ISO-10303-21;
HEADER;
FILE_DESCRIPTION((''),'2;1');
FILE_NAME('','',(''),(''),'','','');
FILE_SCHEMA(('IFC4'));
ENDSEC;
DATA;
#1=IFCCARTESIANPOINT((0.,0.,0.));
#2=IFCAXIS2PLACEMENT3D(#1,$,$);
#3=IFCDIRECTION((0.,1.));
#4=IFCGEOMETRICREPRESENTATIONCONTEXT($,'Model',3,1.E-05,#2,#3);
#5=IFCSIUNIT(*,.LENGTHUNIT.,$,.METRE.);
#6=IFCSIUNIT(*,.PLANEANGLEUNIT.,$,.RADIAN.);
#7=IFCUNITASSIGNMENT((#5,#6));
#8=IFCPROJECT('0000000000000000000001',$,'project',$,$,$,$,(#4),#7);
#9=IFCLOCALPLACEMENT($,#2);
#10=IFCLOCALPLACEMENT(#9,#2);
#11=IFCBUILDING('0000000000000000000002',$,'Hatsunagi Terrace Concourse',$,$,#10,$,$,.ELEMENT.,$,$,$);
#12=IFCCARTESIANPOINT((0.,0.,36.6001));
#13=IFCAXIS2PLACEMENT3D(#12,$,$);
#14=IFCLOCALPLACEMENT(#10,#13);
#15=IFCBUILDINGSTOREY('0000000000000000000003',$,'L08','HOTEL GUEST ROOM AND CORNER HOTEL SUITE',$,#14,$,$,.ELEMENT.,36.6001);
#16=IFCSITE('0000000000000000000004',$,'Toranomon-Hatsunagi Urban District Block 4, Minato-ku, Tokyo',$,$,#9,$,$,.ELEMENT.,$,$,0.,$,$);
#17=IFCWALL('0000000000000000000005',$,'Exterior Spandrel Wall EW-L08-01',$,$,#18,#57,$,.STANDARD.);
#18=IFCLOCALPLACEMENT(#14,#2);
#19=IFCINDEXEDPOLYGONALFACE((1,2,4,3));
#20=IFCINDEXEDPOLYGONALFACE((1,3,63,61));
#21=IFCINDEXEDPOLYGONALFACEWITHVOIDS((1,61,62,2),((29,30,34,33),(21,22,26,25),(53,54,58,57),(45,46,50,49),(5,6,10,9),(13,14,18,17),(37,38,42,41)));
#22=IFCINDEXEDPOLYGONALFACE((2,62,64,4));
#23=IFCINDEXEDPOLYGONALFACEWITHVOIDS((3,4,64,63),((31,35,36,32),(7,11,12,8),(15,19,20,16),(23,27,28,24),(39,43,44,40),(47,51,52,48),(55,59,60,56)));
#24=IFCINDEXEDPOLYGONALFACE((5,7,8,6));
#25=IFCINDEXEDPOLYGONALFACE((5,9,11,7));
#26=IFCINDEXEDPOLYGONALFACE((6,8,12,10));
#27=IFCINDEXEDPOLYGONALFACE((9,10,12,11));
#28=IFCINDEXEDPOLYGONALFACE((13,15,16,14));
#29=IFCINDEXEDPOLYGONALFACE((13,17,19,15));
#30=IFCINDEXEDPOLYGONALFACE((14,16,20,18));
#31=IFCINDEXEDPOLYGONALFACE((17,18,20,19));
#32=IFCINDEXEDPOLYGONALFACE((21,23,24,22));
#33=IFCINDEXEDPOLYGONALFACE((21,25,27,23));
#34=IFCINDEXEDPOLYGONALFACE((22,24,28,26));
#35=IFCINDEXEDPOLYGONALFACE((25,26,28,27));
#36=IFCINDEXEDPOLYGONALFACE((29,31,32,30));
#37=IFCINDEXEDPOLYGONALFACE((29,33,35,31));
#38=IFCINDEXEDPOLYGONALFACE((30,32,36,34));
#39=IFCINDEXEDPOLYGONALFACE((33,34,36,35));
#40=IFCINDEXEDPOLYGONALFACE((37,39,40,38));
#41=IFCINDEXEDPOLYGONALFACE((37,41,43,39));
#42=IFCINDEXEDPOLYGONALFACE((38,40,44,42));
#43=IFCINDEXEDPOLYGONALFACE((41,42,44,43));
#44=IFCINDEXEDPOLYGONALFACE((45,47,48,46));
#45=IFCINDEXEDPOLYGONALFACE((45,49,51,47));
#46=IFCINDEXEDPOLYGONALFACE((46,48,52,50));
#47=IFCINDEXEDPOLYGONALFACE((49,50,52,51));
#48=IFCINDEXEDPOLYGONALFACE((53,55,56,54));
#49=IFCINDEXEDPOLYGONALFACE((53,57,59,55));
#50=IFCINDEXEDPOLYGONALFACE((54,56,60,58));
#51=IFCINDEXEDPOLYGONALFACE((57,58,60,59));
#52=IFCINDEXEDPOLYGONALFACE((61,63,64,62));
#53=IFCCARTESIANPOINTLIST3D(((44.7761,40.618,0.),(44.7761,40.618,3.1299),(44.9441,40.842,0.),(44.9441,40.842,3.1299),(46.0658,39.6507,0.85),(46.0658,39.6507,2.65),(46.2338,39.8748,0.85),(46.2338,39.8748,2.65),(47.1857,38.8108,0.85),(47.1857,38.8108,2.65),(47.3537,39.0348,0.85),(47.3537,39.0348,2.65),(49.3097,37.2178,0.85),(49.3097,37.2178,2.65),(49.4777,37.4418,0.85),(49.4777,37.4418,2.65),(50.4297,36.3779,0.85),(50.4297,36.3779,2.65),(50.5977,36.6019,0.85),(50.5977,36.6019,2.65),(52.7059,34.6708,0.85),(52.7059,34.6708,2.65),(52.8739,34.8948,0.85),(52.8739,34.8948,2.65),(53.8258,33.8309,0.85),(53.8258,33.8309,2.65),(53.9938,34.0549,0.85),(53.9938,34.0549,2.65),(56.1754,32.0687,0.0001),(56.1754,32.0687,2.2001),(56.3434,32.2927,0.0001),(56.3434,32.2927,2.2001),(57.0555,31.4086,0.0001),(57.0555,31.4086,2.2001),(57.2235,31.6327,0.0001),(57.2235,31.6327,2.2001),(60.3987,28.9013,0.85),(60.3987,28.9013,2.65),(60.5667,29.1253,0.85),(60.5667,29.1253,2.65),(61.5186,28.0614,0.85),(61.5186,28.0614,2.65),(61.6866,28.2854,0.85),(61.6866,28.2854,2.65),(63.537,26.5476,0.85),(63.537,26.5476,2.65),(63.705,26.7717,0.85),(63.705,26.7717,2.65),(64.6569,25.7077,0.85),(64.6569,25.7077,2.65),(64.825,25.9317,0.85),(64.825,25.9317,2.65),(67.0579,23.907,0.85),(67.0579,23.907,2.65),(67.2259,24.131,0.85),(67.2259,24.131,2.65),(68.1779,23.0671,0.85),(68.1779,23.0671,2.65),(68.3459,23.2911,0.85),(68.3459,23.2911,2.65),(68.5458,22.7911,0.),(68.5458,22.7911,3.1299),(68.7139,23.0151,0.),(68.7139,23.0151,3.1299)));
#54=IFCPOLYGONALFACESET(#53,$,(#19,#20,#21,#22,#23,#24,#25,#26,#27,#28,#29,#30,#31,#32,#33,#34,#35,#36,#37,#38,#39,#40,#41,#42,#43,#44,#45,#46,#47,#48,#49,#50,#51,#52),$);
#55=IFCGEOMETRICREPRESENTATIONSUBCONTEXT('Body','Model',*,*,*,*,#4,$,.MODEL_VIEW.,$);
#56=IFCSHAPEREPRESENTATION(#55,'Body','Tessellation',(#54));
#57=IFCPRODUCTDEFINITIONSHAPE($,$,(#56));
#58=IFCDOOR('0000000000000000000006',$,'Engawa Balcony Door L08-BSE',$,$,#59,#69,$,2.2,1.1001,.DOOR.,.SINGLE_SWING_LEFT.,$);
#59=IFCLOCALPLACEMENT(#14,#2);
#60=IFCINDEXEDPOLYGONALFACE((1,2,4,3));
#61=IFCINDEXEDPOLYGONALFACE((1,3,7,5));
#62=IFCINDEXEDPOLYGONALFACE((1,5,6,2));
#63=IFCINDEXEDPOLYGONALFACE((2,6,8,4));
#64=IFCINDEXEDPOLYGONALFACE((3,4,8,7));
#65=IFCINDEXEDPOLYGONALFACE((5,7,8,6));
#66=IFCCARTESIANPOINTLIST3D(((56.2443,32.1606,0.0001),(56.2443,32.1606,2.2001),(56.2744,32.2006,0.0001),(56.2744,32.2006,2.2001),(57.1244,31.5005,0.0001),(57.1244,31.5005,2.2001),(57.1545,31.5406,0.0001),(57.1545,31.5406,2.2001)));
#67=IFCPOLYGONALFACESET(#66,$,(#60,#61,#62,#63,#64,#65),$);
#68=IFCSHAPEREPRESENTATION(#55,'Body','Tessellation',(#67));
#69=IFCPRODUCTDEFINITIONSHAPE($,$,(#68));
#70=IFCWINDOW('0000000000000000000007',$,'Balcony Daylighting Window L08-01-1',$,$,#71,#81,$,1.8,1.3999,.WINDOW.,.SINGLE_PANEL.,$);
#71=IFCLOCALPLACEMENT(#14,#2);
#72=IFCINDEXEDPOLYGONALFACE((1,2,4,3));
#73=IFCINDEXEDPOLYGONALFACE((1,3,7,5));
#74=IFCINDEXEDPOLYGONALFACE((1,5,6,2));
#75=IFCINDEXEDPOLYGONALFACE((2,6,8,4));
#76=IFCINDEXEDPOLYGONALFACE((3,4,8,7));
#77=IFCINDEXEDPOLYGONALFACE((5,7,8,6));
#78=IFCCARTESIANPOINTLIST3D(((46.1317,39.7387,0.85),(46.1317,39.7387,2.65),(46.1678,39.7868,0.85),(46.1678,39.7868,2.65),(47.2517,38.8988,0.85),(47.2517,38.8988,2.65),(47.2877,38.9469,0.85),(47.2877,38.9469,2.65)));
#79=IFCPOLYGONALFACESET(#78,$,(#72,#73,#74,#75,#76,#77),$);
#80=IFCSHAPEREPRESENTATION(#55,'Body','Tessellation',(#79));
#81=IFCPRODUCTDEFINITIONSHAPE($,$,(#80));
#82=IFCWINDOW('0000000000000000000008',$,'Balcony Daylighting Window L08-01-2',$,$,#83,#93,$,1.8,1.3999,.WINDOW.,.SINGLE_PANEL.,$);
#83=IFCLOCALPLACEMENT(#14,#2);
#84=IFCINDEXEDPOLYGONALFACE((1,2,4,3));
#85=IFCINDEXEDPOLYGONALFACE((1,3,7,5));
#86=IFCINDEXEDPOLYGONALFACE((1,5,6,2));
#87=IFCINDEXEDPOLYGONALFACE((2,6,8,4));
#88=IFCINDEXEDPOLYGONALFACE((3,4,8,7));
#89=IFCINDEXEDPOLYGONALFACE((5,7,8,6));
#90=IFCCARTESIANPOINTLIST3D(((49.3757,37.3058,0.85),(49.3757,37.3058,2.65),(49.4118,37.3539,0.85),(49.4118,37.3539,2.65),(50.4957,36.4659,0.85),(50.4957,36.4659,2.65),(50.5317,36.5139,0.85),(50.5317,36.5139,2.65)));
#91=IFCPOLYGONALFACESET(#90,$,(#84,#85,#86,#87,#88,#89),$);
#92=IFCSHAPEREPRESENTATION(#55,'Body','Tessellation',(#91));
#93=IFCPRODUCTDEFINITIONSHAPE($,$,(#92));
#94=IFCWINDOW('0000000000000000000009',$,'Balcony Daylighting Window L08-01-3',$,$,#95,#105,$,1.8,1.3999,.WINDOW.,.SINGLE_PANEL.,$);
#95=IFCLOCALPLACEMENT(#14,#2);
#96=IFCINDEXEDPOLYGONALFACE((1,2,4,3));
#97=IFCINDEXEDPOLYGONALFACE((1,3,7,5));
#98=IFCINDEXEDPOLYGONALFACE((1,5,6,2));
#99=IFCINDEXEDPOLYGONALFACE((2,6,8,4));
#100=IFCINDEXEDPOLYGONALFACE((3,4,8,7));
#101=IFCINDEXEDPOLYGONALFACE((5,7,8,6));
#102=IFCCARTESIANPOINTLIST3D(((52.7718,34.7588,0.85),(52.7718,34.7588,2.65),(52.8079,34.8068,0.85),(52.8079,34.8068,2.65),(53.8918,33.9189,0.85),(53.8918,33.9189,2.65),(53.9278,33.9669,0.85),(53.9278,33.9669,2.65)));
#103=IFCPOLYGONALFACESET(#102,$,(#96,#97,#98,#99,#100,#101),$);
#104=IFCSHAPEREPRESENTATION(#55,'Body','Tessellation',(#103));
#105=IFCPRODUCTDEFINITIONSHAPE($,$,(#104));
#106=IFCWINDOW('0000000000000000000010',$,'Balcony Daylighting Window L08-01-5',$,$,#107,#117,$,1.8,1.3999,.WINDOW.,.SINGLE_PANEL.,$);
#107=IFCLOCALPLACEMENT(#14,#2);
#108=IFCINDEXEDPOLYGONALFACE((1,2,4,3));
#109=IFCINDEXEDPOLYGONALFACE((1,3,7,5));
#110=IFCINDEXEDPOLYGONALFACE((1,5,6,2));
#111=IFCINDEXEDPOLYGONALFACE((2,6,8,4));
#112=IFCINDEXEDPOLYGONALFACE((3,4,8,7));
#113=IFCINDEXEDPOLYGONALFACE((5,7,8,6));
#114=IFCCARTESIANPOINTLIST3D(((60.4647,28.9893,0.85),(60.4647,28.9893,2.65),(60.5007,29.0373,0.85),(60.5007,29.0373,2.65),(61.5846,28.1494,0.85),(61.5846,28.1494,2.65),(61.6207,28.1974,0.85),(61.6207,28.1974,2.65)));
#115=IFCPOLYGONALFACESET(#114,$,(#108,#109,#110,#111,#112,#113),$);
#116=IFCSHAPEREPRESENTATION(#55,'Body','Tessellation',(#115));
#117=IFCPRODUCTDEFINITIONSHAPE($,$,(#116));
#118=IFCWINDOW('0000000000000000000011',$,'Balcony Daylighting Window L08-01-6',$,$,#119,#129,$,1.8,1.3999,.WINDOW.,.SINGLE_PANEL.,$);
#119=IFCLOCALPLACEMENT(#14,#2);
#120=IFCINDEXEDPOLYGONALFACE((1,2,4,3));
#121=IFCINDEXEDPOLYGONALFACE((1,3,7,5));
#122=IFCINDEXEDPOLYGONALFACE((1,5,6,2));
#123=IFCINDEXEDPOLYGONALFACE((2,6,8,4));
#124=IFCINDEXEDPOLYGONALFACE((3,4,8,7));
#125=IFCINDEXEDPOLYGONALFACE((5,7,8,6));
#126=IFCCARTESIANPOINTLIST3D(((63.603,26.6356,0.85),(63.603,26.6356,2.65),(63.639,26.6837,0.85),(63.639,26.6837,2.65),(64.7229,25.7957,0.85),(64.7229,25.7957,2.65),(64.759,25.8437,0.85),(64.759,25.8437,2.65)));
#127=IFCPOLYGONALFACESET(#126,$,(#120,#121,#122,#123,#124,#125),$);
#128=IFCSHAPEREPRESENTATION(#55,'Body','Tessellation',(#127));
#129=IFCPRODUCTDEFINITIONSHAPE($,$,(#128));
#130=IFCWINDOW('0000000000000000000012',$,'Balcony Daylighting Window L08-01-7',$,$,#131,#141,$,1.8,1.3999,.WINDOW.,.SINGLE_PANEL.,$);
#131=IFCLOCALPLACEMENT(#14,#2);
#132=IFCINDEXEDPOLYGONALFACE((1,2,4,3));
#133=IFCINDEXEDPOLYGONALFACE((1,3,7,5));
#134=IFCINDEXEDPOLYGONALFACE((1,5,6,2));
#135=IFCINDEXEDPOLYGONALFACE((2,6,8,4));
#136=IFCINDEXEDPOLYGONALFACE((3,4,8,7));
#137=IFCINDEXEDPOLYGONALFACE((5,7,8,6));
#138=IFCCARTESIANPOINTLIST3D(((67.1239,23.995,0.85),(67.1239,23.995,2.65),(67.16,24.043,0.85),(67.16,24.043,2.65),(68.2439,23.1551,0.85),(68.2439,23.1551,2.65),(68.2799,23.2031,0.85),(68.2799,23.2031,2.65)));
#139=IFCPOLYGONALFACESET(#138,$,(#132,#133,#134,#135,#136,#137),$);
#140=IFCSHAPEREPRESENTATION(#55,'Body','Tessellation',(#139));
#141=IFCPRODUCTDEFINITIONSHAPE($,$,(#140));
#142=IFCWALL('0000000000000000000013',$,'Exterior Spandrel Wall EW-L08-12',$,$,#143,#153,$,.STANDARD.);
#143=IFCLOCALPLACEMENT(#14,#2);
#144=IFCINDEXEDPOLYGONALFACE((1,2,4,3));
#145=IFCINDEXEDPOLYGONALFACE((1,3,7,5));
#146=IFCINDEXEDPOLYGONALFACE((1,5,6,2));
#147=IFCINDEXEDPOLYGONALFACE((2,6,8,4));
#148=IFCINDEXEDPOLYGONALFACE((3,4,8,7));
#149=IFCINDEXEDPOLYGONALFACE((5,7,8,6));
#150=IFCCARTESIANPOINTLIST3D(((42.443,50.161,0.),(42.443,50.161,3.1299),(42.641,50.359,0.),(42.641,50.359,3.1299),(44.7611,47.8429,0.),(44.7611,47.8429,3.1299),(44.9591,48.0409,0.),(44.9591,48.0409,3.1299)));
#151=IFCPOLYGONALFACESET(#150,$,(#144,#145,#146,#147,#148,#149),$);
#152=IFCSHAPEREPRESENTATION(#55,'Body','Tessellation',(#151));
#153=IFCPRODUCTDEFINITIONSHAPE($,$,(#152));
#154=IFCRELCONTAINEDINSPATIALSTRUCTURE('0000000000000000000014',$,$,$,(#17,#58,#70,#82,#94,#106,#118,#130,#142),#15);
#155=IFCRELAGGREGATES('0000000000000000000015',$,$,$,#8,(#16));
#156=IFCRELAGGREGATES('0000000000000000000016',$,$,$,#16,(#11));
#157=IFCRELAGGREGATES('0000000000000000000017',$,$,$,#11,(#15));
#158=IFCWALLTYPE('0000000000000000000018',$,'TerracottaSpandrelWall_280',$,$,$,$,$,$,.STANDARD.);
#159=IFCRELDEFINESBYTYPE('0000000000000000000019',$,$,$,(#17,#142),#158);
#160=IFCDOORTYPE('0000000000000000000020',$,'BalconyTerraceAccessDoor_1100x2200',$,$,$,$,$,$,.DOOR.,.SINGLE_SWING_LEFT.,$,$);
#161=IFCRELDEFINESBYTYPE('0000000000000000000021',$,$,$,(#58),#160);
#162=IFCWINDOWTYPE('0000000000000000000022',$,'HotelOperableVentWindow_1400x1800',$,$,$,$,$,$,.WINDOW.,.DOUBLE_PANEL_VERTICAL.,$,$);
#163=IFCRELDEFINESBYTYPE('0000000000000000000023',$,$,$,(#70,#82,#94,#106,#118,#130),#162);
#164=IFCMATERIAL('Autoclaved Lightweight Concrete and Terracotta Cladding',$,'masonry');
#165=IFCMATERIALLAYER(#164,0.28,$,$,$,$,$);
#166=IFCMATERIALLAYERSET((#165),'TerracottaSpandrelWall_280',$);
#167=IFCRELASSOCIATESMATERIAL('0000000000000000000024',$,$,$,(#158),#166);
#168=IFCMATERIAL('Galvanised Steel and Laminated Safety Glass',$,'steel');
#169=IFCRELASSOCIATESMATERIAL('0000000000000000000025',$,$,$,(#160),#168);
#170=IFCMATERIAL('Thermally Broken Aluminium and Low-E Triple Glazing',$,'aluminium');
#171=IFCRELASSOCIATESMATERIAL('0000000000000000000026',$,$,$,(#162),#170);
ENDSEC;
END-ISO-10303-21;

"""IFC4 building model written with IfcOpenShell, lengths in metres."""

from ifc_helpers import new_model, si_unit, direction, frame, frame_2d, origin, place, context, subcontext, project, spatial, rectangle, extrude, material, layer, layer_set, type_object, element, fill, save


model = new_model("IFC4")

# Units and contexts
model_context = context("Model", 3, precision=1e-05, world=origin(), true_north=direction((0.0, 1.0)))
body_context = subcontext(model_context, "Body", "Model", "MODEL_VIEW")
ifc_project = project(units=[si_unit("LENGTHUNIT", "METRE"), si_unit("PLANEANGLEUNIT", "RADIAN")], contexts=[model_context])

# Site, building, storey
site_placement = place(None, origin())
site = spatial("IfcSite", under=ifc_project, at=site_placement, Name="Toranomon-Hatsunagi Urban District Block 4, Minato-ku, Tokyo", CompositionType="ELEMENT", RefElevation=0.0)
building_placement = place(site_placement, origin())
building = spatial("IfcBuilding", under=site, at=building_placement, Name="Hatsunagi Terrace Concourse", CompositionType="ELEMENT")
storey_placement = place(building_placement, frame((0.0, 0.0, 36.6001)))
storey = spatial("IfcBuildingStorey", under=building, at=storey_placement, Name="L08", Description="HOTEL GUEST ROOM AND CORNER HOTEL SUITE", CompositionType="ELEMENT", Elevation=36.6001)

# Wall, openings, door, windows
ifc_material_1 = material(Name="Autoclaved Lightweight Concrete and Terracotta Cladding", Category="masonry")
ifc_layer_1 = layer(ifc_material_1, 0.28)
ifc_layer_set_1 = layer_set([ifc_layer_1], Name="TerracottaSpandrelWall_280")
wall_type_1 = type_object("IfcWallType", Name="TerracottaSpandrelWall_280", PredefinedType="STANDARD", material=ifc_layer_set_1)
wall_1_placement = place(storey_placement, frame((44.8601, 40.73, 0.0), z_axis=(0.0, 0.0, 1.0), x_axis=(0.800007, -0.599991, 0.0)))
wall_1 = element("IfcWall", 1, at=wall_1_placement, inside=storey, type_object=wall_type_1, Name="Exterior Spandrel Wall EW-L08-01", PredefinedType="STANDARD", context=body_context, shape_type="SweptSolid", body=[
    extrude(rectangle(XDim=29.7119, YDim=0.28, at=frame_2d((14.856, 0.0))), origin(), (0.0, 0.0, 1.0), 3.1299),
])
opening_1_placement = place(wall_1_placement, frame((14.249, 0.0, 0.0)))
opening_1 = element("IfcOpeningElement", 2, at=opening_1_placement, cuts=wall_1, PredefinedType="OPENING", context=body_context, shape_type="SweptSolid", body=[
    extrude(rectangle(XDim=1.1001, YDim=2.2, at=frame_2d((0.55, 1.1001))), frame((0.0, 0.1499, 0.0), z_axis=(0.0, -1.0, 0.0), x_axis=(1.0, 0.0, 0.0)), (0.0, 0.0, 1.0), 0.3),
])
opening_2_placement = place(wall_1_placement, frame((1.6121, 0.0, 0.8501)))
opening_2 = element("IfcOpeningElement", 3, at=opening_2_placement, cuts=wall_1, PredefinedType="OPENING", context=body_context, shape_type="SweptSolid", body=[
    extrude(rectangle(XDim=1.3999, YDim=1.8, at=frame_2d((0.7, 0.8999))), frame((0.0, 0.1499, 0.0), z_axis=(0.0, -1.0, 0.0), x_axis=(1.0, 0.0, 0.0)), (0.0, 0.0, 1.0), 0.3),
])
opening_3_placement = place(wall_1_placement, frame((5.667, 0.0, 0.8501)))
opening_3 = element("IfcOpeningElement", 4, at=opening_3_placement, cuts=wall_1, PredefinedType="OPENING", context=body_context, shape_type="SweptSolid", body=[
    extrude(rectangle(XDim=1.3999, YDim=1.8, at=frame_2d((0.7, 0.8999))), frame((0.0, 0.1499, 0.0), z_axis=(0.0, -1.0, 0.0), x_axis=(1.0, 0.0, 0.0)), (0.0, 0.0, 1.0), 0.3),
])
opening_4_placement = place(wall_1_placement, frame((9.9121, 0.0, 0.8501)))
opening_4 = element("IfcOpeningElement", 5, at=opening_4_placement, cuts=wall_1, PredefinedType="OPENING", context=body_context, shape_type="SweptSolid", body=[
    extrude(rectangle(XDim=1.3999, YDim=1.8, at=frame_2d((0.7, 0.8999))), frame((0.0, 0.1499, 0.0), z_axis=(0.0, -1.0, 0.0), x_axis=(1.0, 0.0, 0.0)), (0.0, 0.0, 1.0), 0.3),
])
opening_5_placement = place(wall_1_placement, frame((19.5281, 0.0, 0.8501)))
opening_5 = element("IfcOpeningElement", 6, at=opening_5_placement, cuts=wall_1, PredefinedType="OPENING", context=body_context, shape_type="SweptSolid", body=[
    extrude(rectangle(XDim=1.3999, YDim=1.8, at=frame_2d((0.7, 0.8999))), frame((0.0, 0.1499, 0.0), z_axis=(0.0, -1.0, 0.0), x_axis=(1.0, 0.0, 0.0)), (0.0, 0.0, 1.0), 0.3),
])
opening_6_placement = place(wall_1_placement, frame((23.4509, 0.0, 0.8501)))
opening_6 = element("IfcOpeningElement", 7, at=opening_6_placement, cuts=wall_1, PredefinedType="OPENING", context=body_context, shape_type="SweptSolid", body=[
    extrude(rectangle(XDim=1.3999, YDim=1.8, at=frame_2d((0.7, 0.8999))), frame((0.0, 0.1499, 0.0), z_axis=(0.0, -1.0, 0.0), x_axis=(1.0, 0.0, 0.0)), (0.0, 0.0, 1.0), 0.3),
])
opening_7_placement = place(wall_1_placement, frame((27.8521, 0.0, 0.8501)))
opening_7 = element("IfcOpeningElement", 8, at=opening_7_placement, cuts=wall_1, PredefinedType="OPENING", context=body_context, shape_type="SweptSolid", body=[
    extrude(rectangle(XDim=1.3999, YDim=1.8, at=frame_2d((0.7, 0.8999))), frame((0.0, 0.1499, 0.0), z_axis=(0.0, -1.0, 0.0), x_axis=(1.0, 0.0, 0.0)), (0.0, 0.0, 1.0), 0.3),
])
ifc_material_2 = material(Name="Galvanised Steel and Laminated Safety Glass", Category="steel")
door_type = type_object("IfcDoorType", Name="BalconyTerraceAccessDoor_1100x2200", OperationType="SINGLE_SWING_LEFT", PredefinedType="DOOR", material=ifc_material_2)
door_placement = place(opening_1_placement, origin())
door = element("IfcDoor", 9, at=door_placement, inside=storey, type_object=door_type, Name="Engawa Balcony Door L08-BSE", OperationType="SINGLE_SWING_LEFT", OverallHeight=2.2, OverallWidth=1.1001, PredefinedType="DOOR", context=body_context, shape_type="SweptSolid", body=[
    extrude(rectangle(XDim=1.1001, YDim=2.2, at=frame_2d((0.55, 1.1001))), frame((0.0, 0.0249, 0.0), z_axis=(0.0, -1.0, 0.0), x_axis=(1.0, 0.0, 0.0)), (0.0, 0.0, 1.0), 0.05),
])
fill(opening_1, door)
ifc_material_3 = material(Name="Thermally Broken Aluminium and Low-E Triple Glazing", Category="aluminium")
window_type = type_object("IfcWindowType", Name="HotelOperableVentWindow_1400x1800", PartitioningType="DOUBLE_PANEL_VERTICAL", PredefinedType="WINDOW", material=ifc_material_3)
window_1_placement = place(opening_2_placement, origin())
window_1 = element("IfcWindow", 10, at=window_1_placement, inside=storey, type_object=window_type, Name="Balcony Daylighting Window L08-01-1", OverallHeight=1.8, OverallWidth=1.3999, PartitioningType="SINGLE_PANEL", PredefinedType="WINDOW", context=body_context, shape_type="SweptSolid", body=[
    extrude(rectangle(XDim=1.3999, YDim=1.8, at=frame_2d((0.7, 0.8999))), frame((0.0, 0.03, 0.0), z_axis=(0.0, -1.0, 0.0), x_axis=(1.0, 0.0, 0.0)), (0.0, 0.0, 1.0), 0.0601),
])
fill(opening_2, window_1)
window_2_placement = place(opening_3_placement, origin())
window_2 = element("IfcWindow", 11, at=window_2_placement, inside=storey, type_object=window_type, Name="Balcony Daylighting Window L08-01-2", OverallHeight=1.8, OverallWidth=1.3999, PartitioningType="SINGLE_PANEL", PredefinedType="WINDOW", context=body_context, shape_type="SweptSolid", body=[
    extrude(rectangle(XDim=1.3999, YDim=1.8, at=frame_2d((0.7, 0.8999))), frame((0.0, 0.03, 0.0), z_axis=(0.0, -1.0, 0.0), x_axis=(1.0, 0.0, 0.0)), (0.0, 0.0, 1.0), 0.0601),
])
fill(opening_3, window_2)
window_3_placement = place(opening_4_placement, origin())
window_3 = element("IfcWindow", 12, at=window_3_placement, inside=storey, type_object=window_type, Name="Balcony Daylighting Window L08-01-3", OverallHeight=1.8, OverallWidth=1.3999, PartitioningType="SINGLE_PANEL", PredefinedType="WINDOW", context=body_context, shape_type="SweptSolid", body=[
    extrude(rectangle(XDim=1.3999, YDim=1.8, at=frame_2d((0.7, 0.8999))), frame((0.0, 0.03, 0.0), z_axis=(0.0, -1.0, 0.0), x_axis=(1.0, 0.0, 0.0)), (0.0, 0.0, 1.0), 0.0601),
])
fill(opening_4, window_3)
window_4_placement = place(opening_5_placement, origin())
window_4 = element("IfcWindow", 13, at=window_4_placement, inside=storey, type_object=window_type, Name="Balcony Daylighting Window L08-01-5", OverallHeight=1.8, OverallWidth=1.3999, PartitioningType="SINGLE_PANEL", PredefinedType="WINDOW", context=body_context, shape_type="SweptSolid", body=[
    extrude(rectangle(XDim=1.3999, YDim=1.8, at=frame_2d((0.7, 0.8999))), frame((0.0, 0.03, 0.0), z_axis=(0.0, -1.0, 0.0), x_axis=(1.0, 0.0, 0.0)), (0.0, 0.0, 1.0), 0.0601),
])
fill(opening_5, window_4)
window_5_placement = place(opening_6_placement, origin())
window_5 = element("IfcWindow", 14, at=window_5_placement, inside=storey, type_object=window_type, Name="Balcony Daylighting Window L08-01-6", OverallHeight=1.8, OverallWidth=1.3999, PartitioningType="SINGLE_PANEL", PredefinedType="WINDOW", context=body_context, shape_type="SweptSolid", body=[
    extrude(rectangle(XDim=1.3999, YDim=1.8, at=frame_2d((0.7, 0.8999))), frame((0.0, 0.03, 0.0), z_axis=(0.0, -1.0, 0.0), x_axis=(1.0, 0.0, 0.0)), (0.0, 0.0, 1.0), 0.0601),
])
fill(opening_6, window_5)
window_6_placement = place(opening_7_placement, origin())
window_6 = element("IfcWindow", 15, at=window_6_placement, inside=storey, type_object=window_type, Name="Balcony Daylighting Window L08-01-7", OverallHeight=1.8, OverallWidth=1.3999, PartitioningType="SINGLE_PANEL", PredefinedType="WINDOW", context=body_context, shape_type="SweptSolid", body=[
    extrude(rectangle(XDim=1.3999, YDim=1.8, at=frame_2d((0.7, 0.8999))), frame((0.0, 0.03, 0.0), z_axis=(0.0, -1.0, 0.0), x_axis=(1.0, 0.0, 0.0)), (0.0, 0.0, 1.0), 0.0601),
])
fill(opening_7, window_6)

# Wall
wall_2_placement = place(storey_placement, frame((42.542, 50.26, 0.0), z_axis=(0.0, 0.0, 1.0), x_axis=(0.707107, -0.707107, 0.0)))
element("IfcWall", 16, at=wall_2_placement, inside=storey, type_object=wall_type_1, Name="Exterior Spandrel Wall EW-L08-12", PredefinedType="STANDARD", context=body_context, shape_type="SweptSolid", body=[
    extrude(rectangle(XDim=3.2783, YDim=0.28, at=frame_2d((1.6392, 0.0))), origin(), (0.0, 0.0, 1.0), 3.1299),
])

save(model, "model.ifc")
